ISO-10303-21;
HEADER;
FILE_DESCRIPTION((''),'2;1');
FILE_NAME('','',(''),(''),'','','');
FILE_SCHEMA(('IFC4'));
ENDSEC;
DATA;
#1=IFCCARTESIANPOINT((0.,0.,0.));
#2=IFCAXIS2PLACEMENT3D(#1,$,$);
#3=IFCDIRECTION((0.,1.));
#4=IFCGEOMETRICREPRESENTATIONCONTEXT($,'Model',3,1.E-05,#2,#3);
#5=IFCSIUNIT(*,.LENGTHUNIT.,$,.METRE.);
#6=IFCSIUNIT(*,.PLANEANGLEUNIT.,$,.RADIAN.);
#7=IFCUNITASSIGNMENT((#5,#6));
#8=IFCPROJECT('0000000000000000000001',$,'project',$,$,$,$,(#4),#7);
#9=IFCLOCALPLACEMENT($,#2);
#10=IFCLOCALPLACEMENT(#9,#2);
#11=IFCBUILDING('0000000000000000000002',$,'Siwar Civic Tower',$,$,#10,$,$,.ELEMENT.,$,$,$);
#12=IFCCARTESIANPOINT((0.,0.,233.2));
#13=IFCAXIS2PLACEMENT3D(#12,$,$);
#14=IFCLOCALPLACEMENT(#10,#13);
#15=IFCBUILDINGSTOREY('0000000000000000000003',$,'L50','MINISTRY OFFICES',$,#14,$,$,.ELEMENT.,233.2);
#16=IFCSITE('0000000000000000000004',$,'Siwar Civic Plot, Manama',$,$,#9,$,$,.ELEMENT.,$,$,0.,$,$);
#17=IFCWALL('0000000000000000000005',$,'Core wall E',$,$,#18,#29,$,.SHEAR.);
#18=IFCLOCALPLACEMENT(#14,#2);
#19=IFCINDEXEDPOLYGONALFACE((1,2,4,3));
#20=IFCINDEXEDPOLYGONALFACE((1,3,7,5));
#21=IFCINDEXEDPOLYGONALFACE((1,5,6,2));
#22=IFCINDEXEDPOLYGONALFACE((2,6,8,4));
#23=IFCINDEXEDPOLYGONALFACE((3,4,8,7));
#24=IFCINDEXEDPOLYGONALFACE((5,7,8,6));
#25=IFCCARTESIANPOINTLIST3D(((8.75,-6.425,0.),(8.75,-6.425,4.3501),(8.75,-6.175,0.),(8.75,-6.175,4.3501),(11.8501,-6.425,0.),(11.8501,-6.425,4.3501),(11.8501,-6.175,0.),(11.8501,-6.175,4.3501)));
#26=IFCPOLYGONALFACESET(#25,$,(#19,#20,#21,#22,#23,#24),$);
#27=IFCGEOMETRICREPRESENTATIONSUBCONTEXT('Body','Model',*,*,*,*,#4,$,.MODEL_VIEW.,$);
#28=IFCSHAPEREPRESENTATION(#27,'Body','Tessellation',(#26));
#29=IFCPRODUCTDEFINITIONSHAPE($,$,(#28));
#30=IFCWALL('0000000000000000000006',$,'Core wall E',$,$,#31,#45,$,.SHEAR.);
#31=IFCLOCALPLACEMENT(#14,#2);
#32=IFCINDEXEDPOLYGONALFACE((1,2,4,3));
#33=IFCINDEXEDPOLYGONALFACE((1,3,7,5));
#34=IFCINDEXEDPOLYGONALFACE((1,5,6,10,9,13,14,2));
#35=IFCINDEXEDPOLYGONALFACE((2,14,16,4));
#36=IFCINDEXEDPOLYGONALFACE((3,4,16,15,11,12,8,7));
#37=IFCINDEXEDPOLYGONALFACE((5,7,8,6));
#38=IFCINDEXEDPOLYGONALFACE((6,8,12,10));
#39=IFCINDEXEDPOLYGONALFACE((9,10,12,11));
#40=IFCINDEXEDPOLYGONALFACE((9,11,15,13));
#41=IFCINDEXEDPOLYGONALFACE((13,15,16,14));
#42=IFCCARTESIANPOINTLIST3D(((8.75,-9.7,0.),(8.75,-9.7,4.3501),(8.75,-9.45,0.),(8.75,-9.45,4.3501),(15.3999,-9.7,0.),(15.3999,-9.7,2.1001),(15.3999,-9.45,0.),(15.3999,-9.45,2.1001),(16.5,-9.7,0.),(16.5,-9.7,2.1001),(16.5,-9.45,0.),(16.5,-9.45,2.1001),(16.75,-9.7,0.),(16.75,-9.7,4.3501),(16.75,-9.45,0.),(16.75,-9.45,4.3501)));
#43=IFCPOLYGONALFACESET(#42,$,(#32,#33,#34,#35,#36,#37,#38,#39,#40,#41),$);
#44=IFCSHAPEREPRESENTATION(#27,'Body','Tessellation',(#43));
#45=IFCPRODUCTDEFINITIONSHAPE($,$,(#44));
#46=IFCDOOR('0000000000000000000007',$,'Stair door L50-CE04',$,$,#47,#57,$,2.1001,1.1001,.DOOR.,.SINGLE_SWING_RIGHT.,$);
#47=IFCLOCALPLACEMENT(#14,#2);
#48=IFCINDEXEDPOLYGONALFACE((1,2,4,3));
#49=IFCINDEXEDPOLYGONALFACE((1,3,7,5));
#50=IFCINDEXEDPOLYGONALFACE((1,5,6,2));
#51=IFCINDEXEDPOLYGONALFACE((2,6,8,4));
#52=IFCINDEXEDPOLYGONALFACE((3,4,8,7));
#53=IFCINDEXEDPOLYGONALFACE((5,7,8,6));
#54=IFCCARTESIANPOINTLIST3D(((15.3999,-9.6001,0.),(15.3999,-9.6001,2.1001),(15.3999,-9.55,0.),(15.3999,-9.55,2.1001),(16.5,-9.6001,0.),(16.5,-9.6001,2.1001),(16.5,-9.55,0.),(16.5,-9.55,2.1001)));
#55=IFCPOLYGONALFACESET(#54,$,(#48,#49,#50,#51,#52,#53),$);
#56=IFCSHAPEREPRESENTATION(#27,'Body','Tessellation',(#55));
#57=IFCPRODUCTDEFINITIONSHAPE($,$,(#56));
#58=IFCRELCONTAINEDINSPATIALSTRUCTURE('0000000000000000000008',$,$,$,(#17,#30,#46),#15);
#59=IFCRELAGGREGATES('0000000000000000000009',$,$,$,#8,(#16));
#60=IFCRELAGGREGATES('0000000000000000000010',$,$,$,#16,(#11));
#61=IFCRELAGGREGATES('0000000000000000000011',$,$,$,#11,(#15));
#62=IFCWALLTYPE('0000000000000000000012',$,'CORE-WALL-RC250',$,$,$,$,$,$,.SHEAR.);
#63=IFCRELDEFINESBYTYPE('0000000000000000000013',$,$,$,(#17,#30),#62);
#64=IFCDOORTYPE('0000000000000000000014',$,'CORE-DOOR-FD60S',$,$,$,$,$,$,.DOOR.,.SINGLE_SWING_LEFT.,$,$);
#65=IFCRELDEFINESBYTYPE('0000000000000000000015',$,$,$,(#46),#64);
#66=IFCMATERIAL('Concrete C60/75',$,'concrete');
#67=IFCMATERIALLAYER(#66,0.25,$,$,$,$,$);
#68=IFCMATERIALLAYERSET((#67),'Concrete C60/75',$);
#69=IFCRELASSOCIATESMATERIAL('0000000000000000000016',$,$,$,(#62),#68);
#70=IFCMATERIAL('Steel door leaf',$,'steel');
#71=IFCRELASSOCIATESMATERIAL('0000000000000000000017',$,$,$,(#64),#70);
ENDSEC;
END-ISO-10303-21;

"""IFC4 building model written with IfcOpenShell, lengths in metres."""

from ifc_helpers import new_model, si_unit, direction, frame, frame_2d, origin, place, context, subcontext, project, spatial, rectangle, extrude, material, layer, layer_set, type_object, element, fill, save


model = new_model("IFC4")

# Units and contexts
model_context = context("Model", 3, precision=1e-05, world=origin(), true_north=direction((0.0, 1.0)))
body_context = subcontext(model_context, "Body", "Model", "MODEL_VIEW")
ifc_project = project(units=[si_unit("LENGTHUNIT", "METRE"), si_unit("PLANEANGLEUNIT", "RADIAN")], contexts=[model_context])

# Site, building, storey
site_placement = place(None, origin())
site = spatial("IfcSite", under=ifc_project, at=site_placement, Name="Siwar Civic Plot, Manama", CompositionType="ELEMENT", RefElevation=0.0)
building_placement = place(site_placement, origin())
building = spatial("IfcBuilding", under=site, at=building_placement, Name="Siwar Civic Tower", CompositionType="ELEMENT")
storey_placement = place(building_placement, frame((0.0, 0.0, 233.2)))
storey = spatial("IfcBuildingStorey", under=building, at=storey_placement, Name="L50", Description="MINISTRY OFFICES", CompositionType="ELEMENT", Elevation=233.2)

# Shared definitions
ifc_material_1 = material(Name="Concrete C60/75", Category="concrete")
ifc_layer_1 = layer(ifc_material_1, 0.25)
ifc_layer_set_1 = layer_set([ifc_layer_1], Name="Concrete C60/75")
wall_type_1 = type_object("IfcWallType", Name="CORE-WALL-RC250", PredefinedType="SHEAR", material=ifc_layer_set_1)

# Wall
for number, where, z_axis, x_axis, name in (
    (1, (8.75, -6.3, 0.0), (0.0, 0.0, 1.0), (1.0, 0.0, 0.0), "Core wall E"),
):
    element("IfcWall", number, at=place(storey_placement, frame(where, z_axis=z_axis, x_axis=x_axis)), inside=storey, type_object=wall_type_1, Name=name, PredefinedType="SHEAR", context=body_context, shape_type="SweptSolid", body=[
        extrude(rectangle(XDim=3.1001, YDim=0.25, at=frame_2d((1.55, 0.0))), origin(), (0.0, 0.0, 1.0), 4.3501),
    ])

# Wall, opening, door
wall_1_placement = place(storey_placement, frame((8.75, -9.575, 0.0), z_axis=(0.0, 0.0, 1.0), x_axis=(1.0, 0.0, 0.0)))
wall_1 = element("IfcWall", 2, at=wall_1_placement, inside=storey, type_object=wall_type_1, Name="Core wall E", PredefinedType="SHEAR", context=body_context, shape_type="SweptSolid", body=[
    extrude(rectangle(XDim=8.0, YDim=0.25, at=frame_2d((4.0, 0.0))), origin(), (0.0, 0.0, 1.0), 4.3501),
])
opening_1_placement = place(wall_1_placement, frame((6.6499, 0.0, 0.0)))
opening_1 = element("IfcOpeningElement", 3, at=opening_1_placement, cuts=wall_1, PredefinedType="OPENING", context=body_context, shape_type="SweptSolid", body=[
    extrude(rectangle(XDim=1.1001, YDim=2.1001, at=frame_2d((0.55, 1.05))), frame((0.0, 0.135, 0.0), z_axis=(0.0, -1.0, 0.0), x_axis=(1.0, 0.0, 0.0)), (0.0, 0.0, 1.0), 0.27),
])
ifc_material_2 = material(Name="Steel door leaf", Category="steel")
door_type_1 = type_object("IfcDoorType", Name="CORE-DOOR-FD60S", OperationType="SINGLE_SWING_LEFT", PredefinedType="DOOR", material=ifc_material_2)
door_1_placement = place(opening_1_placement, origin())
door_1 = element("IfcDoor", 4, at=door_1_placement, inside=storey, type_object=door_type_1, Name="Stair door L50-CE04", OperationType="SINGLE_SWING_RIGHT", OverallHeight=2.1001, OverallWidth=1.1001, PredefinedType="DOOR", context=body_context, shape_type="SweptSolid", body=[
    extrude(rectangle(XDim=1.1001, YDim=2.1001, at=frame_2d((0.55, 1.05))), frame((0.0, 0.0249, 0.0), z_axis=(0.0, -1.0, 0.0), x_axis=(1.0, 0.0, 0.0)), (0.0, 0.0, 1.0), 0.05),
])
fill(opening_1, door_1)

save(model, "model.ifc")
